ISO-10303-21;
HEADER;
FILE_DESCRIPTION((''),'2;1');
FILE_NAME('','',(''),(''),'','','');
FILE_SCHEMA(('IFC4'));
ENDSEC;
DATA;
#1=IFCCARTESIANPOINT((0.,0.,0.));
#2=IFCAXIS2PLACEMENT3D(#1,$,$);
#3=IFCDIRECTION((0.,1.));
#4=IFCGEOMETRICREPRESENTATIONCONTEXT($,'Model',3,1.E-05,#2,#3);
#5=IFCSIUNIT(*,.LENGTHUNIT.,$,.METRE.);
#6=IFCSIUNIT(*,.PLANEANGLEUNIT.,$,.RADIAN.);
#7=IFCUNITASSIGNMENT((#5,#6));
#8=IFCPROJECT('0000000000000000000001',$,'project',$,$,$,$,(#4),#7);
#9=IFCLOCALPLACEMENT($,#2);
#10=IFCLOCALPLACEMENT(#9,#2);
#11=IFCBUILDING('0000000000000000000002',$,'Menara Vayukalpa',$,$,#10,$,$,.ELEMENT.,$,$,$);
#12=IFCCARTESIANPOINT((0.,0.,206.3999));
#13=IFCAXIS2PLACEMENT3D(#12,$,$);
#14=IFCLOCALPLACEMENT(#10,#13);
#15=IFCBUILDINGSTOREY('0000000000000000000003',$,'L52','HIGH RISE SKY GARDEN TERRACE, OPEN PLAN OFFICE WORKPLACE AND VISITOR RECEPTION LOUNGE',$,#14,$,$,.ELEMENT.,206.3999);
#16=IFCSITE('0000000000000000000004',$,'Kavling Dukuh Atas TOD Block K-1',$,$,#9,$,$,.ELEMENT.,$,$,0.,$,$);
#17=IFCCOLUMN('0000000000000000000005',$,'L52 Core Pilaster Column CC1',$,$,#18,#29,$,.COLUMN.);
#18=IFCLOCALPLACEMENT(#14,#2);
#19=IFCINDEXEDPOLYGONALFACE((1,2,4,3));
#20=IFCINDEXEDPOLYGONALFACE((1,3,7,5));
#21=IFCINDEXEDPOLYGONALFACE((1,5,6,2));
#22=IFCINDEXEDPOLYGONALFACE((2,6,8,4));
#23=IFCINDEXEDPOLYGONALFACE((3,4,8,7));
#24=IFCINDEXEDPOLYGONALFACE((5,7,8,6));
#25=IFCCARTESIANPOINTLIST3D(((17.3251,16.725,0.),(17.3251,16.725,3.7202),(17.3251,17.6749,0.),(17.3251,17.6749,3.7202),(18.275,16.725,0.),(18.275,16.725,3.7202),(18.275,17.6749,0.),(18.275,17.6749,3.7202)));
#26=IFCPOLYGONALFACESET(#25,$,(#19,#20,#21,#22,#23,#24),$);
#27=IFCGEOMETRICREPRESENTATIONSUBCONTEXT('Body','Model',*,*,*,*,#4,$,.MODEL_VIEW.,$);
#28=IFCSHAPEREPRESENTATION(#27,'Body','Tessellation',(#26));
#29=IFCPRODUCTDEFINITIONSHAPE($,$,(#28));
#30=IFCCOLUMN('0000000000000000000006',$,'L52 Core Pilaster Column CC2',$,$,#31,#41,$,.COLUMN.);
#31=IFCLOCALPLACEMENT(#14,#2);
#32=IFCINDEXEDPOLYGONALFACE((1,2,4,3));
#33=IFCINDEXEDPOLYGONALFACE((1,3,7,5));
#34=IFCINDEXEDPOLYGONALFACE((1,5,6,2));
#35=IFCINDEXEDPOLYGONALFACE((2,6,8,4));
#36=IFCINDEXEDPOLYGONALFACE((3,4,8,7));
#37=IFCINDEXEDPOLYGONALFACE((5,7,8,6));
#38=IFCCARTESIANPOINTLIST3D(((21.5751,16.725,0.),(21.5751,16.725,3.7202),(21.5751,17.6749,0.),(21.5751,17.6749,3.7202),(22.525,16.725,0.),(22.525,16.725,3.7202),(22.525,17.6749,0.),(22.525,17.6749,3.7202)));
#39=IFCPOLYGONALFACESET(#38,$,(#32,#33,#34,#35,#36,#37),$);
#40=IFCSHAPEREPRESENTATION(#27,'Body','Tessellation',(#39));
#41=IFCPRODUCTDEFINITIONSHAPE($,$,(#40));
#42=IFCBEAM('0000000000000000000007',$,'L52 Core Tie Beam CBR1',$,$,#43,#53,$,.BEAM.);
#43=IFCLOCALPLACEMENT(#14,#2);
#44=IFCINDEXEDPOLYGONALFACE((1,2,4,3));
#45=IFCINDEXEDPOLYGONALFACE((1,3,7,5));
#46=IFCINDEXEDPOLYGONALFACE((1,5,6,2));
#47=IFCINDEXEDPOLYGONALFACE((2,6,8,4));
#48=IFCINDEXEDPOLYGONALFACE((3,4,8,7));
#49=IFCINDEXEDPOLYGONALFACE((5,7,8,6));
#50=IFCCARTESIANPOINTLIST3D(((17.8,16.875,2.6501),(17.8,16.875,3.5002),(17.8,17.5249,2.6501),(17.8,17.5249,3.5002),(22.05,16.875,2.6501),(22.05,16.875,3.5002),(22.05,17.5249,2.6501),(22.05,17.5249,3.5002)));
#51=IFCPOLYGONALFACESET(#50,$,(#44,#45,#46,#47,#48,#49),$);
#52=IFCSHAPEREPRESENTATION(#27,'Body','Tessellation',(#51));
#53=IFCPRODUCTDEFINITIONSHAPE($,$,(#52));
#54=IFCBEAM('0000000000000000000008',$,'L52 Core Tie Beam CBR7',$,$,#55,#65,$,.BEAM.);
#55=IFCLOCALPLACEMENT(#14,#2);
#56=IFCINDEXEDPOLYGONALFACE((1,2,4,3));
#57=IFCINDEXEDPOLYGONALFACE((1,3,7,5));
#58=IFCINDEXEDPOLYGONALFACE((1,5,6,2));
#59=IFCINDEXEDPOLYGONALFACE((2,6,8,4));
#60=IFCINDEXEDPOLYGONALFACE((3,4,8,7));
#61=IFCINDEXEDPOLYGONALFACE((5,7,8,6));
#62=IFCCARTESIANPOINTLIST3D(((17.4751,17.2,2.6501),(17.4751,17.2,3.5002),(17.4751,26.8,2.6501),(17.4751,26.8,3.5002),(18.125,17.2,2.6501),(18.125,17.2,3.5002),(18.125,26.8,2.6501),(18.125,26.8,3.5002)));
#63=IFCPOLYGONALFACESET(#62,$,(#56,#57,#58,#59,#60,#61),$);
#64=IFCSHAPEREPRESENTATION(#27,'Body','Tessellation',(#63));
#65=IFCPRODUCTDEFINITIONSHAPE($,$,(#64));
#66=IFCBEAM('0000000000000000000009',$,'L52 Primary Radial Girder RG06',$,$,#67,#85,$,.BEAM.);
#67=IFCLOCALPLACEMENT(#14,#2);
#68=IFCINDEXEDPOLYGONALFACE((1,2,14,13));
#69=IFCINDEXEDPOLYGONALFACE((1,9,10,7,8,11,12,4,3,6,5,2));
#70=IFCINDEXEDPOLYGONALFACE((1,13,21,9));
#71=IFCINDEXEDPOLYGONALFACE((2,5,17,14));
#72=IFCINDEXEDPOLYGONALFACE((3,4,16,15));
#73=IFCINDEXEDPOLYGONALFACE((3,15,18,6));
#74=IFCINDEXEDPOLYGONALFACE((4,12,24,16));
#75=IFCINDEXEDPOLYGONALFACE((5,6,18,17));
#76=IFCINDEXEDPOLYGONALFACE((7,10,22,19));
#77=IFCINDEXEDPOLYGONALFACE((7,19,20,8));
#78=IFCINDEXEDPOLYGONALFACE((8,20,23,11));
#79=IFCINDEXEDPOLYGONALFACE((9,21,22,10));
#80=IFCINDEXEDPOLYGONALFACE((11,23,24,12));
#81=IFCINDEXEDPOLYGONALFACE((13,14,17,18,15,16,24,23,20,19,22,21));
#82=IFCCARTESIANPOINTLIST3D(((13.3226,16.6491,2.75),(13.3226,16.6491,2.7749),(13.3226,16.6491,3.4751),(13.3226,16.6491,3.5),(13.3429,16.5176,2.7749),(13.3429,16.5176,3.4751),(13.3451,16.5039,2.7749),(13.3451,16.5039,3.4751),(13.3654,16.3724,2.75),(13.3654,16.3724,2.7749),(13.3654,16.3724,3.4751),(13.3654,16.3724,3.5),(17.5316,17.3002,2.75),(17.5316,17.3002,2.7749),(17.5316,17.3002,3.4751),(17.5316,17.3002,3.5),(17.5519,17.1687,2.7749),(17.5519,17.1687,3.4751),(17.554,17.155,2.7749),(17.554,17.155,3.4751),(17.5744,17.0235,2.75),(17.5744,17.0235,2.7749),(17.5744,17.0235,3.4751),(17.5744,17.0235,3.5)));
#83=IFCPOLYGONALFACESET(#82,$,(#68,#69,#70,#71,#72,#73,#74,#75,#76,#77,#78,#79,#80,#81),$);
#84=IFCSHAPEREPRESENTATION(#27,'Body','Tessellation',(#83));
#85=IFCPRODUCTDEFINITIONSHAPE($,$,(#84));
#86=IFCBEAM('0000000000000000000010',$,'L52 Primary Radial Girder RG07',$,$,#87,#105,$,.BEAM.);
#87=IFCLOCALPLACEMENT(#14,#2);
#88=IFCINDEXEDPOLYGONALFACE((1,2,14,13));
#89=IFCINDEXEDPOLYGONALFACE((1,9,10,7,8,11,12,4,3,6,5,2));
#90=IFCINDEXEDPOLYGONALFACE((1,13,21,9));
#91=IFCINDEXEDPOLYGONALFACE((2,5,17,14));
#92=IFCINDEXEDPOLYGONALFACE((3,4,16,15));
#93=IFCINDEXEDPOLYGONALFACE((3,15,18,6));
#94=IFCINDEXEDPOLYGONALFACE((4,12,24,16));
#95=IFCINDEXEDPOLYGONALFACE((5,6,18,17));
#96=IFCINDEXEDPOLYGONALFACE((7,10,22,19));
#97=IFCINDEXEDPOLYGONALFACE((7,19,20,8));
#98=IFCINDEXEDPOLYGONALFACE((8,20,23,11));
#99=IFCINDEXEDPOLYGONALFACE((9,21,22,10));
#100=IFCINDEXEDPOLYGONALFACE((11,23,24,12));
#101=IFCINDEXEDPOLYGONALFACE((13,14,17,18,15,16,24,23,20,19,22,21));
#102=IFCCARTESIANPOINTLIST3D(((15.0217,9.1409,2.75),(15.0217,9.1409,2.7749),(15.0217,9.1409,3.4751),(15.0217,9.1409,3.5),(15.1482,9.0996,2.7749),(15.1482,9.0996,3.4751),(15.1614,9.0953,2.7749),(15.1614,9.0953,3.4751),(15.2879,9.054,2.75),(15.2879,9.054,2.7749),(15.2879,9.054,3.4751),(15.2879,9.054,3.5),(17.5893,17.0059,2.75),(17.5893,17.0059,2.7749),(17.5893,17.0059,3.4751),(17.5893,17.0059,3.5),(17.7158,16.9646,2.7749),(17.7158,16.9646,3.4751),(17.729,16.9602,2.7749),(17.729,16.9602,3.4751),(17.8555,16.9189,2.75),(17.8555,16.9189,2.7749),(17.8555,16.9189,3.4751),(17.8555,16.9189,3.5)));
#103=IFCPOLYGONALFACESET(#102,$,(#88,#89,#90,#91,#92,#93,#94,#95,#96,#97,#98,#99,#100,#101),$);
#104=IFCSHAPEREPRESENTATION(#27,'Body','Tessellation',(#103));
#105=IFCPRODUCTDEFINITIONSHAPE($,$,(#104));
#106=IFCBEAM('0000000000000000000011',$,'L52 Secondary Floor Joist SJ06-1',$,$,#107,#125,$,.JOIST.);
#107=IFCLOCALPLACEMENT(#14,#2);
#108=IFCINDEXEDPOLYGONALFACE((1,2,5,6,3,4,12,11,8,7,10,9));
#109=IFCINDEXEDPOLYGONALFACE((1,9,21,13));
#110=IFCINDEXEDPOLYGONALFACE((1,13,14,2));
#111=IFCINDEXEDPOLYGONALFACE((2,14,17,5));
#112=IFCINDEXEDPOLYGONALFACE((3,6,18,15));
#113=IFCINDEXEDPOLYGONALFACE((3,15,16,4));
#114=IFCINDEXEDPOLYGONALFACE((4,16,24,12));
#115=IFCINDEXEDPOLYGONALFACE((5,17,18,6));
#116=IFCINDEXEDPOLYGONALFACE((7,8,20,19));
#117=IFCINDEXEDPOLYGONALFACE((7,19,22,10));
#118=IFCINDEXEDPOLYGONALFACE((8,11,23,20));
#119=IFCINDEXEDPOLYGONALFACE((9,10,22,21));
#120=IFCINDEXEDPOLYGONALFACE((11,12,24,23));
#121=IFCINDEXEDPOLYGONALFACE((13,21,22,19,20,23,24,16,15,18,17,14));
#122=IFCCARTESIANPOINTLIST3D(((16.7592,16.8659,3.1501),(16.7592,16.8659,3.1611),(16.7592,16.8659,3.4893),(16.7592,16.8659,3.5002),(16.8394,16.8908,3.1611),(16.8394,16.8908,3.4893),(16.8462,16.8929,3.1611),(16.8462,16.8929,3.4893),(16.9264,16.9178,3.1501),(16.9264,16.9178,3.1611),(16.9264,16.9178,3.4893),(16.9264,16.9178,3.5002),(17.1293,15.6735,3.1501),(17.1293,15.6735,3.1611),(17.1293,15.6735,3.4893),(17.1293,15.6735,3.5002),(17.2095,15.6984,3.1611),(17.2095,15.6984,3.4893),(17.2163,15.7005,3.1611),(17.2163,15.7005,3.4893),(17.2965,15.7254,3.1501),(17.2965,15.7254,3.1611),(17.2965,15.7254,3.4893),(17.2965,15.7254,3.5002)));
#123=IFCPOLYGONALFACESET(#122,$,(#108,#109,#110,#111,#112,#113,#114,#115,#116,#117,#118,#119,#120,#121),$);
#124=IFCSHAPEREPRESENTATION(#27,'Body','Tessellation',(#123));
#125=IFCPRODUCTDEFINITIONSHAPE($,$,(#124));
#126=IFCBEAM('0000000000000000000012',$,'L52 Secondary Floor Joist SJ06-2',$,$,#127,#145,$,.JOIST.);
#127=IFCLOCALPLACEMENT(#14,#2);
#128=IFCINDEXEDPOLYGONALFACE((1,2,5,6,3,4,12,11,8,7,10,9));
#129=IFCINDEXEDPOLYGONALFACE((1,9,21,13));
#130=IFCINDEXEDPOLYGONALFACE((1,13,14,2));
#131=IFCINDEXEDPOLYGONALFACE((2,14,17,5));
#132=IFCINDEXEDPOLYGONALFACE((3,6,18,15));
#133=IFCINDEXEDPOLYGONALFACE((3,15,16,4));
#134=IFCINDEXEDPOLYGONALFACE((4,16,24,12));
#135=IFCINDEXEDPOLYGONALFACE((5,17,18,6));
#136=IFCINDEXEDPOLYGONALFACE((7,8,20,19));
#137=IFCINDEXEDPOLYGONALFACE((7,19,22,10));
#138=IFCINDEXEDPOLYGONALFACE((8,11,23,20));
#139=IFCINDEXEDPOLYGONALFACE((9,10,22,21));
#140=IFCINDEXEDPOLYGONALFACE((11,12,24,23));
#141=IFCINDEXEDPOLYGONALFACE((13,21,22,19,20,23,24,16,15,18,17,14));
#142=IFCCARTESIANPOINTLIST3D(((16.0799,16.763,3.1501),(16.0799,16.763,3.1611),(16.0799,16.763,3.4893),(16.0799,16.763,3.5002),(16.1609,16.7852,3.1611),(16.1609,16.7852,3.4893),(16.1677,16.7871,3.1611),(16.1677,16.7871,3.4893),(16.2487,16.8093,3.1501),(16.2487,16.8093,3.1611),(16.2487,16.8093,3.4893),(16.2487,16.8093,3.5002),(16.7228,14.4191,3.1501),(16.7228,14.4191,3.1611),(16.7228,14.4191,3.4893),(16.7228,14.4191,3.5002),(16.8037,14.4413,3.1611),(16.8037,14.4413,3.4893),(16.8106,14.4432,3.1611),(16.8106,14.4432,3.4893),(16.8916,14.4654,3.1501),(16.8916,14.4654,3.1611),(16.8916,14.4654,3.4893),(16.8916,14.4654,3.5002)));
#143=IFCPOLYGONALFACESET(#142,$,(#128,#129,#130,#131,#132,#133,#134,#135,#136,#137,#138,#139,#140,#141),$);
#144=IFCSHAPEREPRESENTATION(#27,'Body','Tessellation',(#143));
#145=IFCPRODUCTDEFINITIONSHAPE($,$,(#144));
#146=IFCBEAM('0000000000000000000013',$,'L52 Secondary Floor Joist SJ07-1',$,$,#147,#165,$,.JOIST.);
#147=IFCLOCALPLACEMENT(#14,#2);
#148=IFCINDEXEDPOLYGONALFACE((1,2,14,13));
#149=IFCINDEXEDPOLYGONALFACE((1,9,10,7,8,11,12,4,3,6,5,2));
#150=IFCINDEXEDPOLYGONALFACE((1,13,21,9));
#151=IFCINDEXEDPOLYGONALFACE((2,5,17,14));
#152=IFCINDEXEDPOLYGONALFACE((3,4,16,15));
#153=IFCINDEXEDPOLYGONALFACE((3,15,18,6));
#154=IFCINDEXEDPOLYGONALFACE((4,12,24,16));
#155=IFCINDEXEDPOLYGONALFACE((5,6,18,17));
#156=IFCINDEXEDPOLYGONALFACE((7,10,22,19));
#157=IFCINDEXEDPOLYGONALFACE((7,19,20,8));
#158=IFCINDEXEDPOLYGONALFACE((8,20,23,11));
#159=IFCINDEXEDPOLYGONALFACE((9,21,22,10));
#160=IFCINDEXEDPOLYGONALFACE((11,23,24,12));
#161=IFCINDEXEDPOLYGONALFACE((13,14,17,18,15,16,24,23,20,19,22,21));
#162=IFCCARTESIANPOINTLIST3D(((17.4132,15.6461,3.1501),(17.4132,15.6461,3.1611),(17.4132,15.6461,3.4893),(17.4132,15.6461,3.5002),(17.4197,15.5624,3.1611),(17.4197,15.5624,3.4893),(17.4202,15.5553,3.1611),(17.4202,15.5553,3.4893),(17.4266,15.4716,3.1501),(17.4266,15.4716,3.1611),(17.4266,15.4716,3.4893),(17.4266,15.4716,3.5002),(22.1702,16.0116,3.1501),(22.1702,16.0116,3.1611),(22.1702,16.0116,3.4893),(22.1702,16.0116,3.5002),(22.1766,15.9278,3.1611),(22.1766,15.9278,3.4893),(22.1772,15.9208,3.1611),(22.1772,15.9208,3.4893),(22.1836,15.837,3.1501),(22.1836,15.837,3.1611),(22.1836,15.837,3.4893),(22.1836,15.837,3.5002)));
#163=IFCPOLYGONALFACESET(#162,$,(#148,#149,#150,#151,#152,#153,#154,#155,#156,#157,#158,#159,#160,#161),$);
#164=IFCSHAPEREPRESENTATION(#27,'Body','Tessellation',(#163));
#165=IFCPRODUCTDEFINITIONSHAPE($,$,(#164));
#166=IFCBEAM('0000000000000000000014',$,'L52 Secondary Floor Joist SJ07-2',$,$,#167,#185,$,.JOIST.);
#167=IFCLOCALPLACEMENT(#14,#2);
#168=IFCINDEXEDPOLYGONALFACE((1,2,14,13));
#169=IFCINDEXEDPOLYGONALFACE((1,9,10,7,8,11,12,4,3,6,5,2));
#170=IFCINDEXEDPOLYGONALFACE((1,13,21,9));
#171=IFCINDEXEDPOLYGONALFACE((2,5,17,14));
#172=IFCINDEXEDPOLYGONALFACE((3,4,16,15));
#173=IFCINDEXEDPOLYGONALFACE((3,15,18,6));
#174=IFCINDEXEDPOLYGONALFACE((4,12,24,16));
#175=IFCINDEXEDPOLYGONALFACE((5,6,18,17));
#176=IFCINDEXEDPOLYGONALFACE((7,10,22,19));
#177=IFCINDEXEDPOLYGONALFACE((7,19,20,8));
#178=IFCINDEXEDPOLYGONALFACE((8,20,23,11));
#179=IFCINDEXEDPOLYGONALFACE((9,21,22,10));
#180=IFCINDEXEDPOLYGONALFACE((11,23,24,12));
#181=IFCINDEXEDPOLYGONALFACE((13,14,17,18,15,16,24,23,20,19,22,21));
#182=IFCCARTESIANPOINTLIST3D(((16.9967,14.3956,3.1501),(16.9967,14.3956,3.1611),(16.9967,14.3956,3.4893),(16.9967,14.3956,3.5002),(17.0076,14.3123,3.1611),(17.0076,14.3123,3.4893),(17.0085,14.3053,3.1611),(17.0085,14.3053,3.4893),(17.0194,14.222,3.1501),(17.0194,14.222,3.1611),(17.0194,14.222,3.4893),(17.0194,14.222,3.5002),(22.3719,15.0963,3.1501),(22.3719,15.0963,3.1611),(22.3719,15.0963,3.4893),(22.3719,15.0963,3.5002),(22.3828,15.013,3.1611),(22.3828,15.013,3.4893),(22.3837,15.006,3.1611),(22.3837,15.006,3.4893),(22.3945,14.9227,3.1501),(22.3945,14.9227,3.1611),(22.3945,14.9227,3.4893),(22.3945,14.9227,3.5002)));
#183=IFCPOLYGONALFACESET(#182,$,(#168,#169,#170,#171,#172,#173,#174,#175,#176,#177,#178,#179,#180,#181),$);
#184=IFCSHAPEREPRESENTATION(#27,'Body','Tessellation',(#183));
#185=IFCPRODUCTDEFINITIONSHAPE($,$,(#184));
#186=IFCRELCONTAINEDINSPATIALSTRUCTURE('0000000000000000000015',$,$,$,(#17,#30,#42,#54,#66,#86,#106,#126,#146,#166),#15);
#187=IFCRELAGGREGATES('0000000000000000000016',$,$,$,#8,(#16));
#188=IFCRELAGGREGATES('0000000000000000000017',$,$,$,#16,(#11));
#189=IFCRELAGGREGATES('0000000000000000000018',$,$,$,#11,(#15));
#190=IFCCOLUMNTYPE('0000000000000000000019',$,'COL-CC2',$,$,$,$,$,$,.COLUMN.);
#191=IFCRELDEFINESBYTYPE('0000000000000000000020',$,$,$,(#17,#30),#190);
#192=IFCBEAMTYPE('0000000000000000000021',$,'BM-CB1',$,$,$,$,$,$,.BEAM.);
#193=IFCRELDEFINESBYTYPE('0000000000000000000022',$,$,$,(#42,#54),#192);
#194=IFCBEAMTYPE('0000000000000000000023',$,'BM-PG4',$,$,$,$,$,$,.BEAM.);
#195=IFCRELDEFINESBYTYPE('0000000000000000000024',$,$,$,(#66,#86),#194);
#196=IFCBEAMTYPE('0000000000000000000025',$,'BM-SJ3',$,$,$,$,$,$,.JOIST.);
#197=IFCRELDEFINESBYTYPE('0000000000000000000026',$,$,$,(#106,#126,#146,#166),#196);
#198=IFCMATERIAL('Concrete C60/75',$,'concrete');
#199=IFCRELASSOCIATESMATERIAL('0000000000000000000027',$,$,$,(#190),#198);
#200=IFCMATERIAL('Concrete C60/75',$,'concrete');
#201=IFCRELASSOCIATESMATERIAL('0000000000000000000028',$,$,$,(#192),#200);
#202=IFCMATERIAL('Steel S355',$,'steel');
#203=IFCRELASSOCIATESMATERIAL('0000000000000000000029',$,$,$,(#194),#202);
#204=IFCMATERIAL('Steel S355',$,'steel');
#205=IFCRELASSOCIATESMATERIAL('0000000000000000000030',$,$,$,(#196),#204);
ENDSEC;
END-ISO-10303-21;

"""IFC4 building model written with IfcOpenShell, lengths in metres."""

from ifc_helpers import new_model, si_unit, direction, frame, origin, origin_2d, place, context, subcontext, project, spatial, rectangle, i_section, extrude, material, material_profile, profile_set, type_object, element, save


model = new_model("IFC4")

# Units and contexts
model_context = context("Model", 3, precision=1e-05, world=origin(), true_north=direction((0.0, 1.0)))
body_context = subcontext(model_context, "Body", "Model", "MODEL_VIEW")
ifc_project = project(units=[si_unit("LENGTHUNIT", "METRE"), si_unit("PLANEANGLEUNIT", "RADIAN")], contexts=[model_context])

# Site, building, storey
site_placement = place(None, origin())
site = spatial("IfcSite", under=ifc_project, at=site_placement, Name="Kavling Dukuh Atas TOD Block K-1", CompositionType="ELEMENT", RefElevation=0.0)
building_placement = place(site_placement, origin())
building = spatial("IfcBuilding", under=site, at=building_placement, Name="Menara Vayukalpa", CompositionType="ELEMENT")
storey_placement = place(building_placement, frame((0.0, 0.0, 206.3999)))
storey = spatial("IfcBuildingStorey", under=building, at=storey_placement, Name="L52", Description="HIGH RISE SKY GARDEN TERRACE, OPEN PLAN OFFICE WORKPLACE AND VISITOR RECEPTION LOUNGE", CompositionType="ELEMENT", Elevation=206.3999)

# Columns
ifc_material_1 = material(Name="Concrete C60/75", Category="concrete")
ifc_material_profile_1 = material_profile(ifc_material_1, rectangle(XDim=0.95, YDim=0.95, at=origin_2d()), Name="RC 950x950")
ifc_profile_set_1 = profile_set([ifc_material_profile_1], Name="Concrete C60/75")
column_type = type_object("IfcColumnType", Name="COL-CC2", PredefinedType="COLUMN", material=ifc_profile_set_1)
for number, where, z_axis, x_axis, name in (
    (1, (17.8, 17.2, 0.0), (0.0, 0.0, 1.0), (1.0, 0.0, 0.0), "L52 Core Pilaster Column CC1"),
    (2, (22.05, 17.2, 0.0), (0.0, 0.0, 1.0), (1.0, 0.0, 0.0), "L52 Core Pilaster Column CC2"),
):
    element("IfcColumn", number, at=place(storey_placement, frame(where, z_axis=z_axis, x_axis=x_axis)), inside=storey, type_object=column_type, Name=name, PredefinedType="COLUMN", context=body_context, shape_type="SweptSolid", body=[
        extrude(rectangle(XDim=0.95, YDim=0.95, at=origin_2d()), origin(), (0.0, 0.0, 1.0), 3.7202),
    ])

# Beams
ifc_material_2 = material(Name="Concrete C60/75", Category="concrete")
ifc_material_profile_2 = material_profile(ifc_material_2, rectangle(XDim=0.6499, YDim=0.8501, at=origin_2d()), Name="RC 650x850")
ifc_profile_set_2 = profile_set([ifc_material_profile_2], Name="Concrete C60/75")
beam_type_1 = type_object("IfcBeamType", Name="BM-CB1", PredefinedType="BEAM", material=ifc_profile_set_2)
beam_1_placement = place(storey_placement, frame((17.8, 17.2, 3.0752), z_axis=(1.0, 0.0, 0.0), x_axis=(0.0, 1.0, 0.0)))
element("IfcBeam", 3, at=beam_1_placement, inside=storey, type_object=beam_type_1, Name="L52 Core Tie Beam CBR1", PredefinedType="BEAM", context=body_context, shape_type="SweptSolid", body=[
    extrude(rectangle(XDim=0.6499, YDim=0.8501, at=origin_2d()), origin(), (0.0, 0.0, 1.0), 4.25),
])
beam_2_placement = place(storey_placement, frame((17.8, 17.2, 3.0752), z_axis=(0.0, 1.0, 0.0), x_axis=(-1.0, 0.0, 0.0)))
element("IfcBeam", 4, at=beam_2_placement, inside=storey, type_object=beam_type_1, Name="L52 Core Tie Beam CBR7", PredefinedType="BEAM", context=body_context, shape_type="SweptSolid", body=[
    extrude(rectangle(XDim=0.6499, YDim=0.8501, at=origin_2d()), origin(), (0.0, 0.0, 1.0), 9.6001),
])
ifc_material_3 = material(Name="Steel S355", Category="steel")
ifc_material_profile_3 = material_profile(ifc_material_3, i_section(OverallWidth=0.28, OverallDepth=0.75, WebThickness=0.0139, FlangeThickness=0.0249, at=origin_2d()), Name="WF 750x280x14x25")
ifc_profile_set_3 = profile_set([ifc_material_profile_3], Name="Steel S355")
beam_type_2 = type_object("IfcBeamType", Name="BM-PG4", PredefinedType="BEAM", material=ifc_profile_set_3)
beam_3_placement = place(storey_placement, frame((17.553, 17.1619, 3.125), z_axis=(-0.988245, -0.15288, 0.0), x_axis=(0.15288, -0.988245, 0.0)))
element("IfcBeam", 5, at=beam_3_placement, inside=storey, type_object=beam_type_2, Name="L52 Primary Radial Girder RG06", PredefinedType="BEAM", context=body_context, shape_type="SweptSolid", body=[
    extrude(i_section(OverallWidth=0.28, OverallDepth=0.75, WebThickness=0.0139, FlangeThickness=0.0249, at=origin_2d()), origin(), (0.0, 0.0, 1.0), 4.259),
])
beam_4_placement = place(storey_placement, frame((17.7224, 16.9624, 3.125), z_axis=(-0.310344, -0.950624, 0.0), x_axis=(0.950624, -0.310344, 0.0)))
element("IfcBeam", 6, at=beam_4_placement, inside=storey, type_object=beam_type_2, Name="L52 Primary Radial Girder RG07", PredefinedType="BEAM", context=body_context, shape_type="SweptSolid", body=[
    extrude(i_section(OverallWidth=0.28, OverallDepth=0.75, WebThickness=0.0139, FlangeThickness=0.0249, at=origin_2d()), origin(), (0.0, 0.0, 1.0), 8.2734),
])
ifc_material_4 = material(Name="Steel S355", Category="steel")
ifc_material_profile_4 = material_profile(ifc_material_4, i_section(OverallWidth=0.175, OverallDepth=0.3501, WebThickness=0.0071, FlangeThickness=0.011, at=origin_2d()), Name="WF 350x175x7x11")
ifc_profile_set_4 = profile_set([ifc_material_profile_4], Name="Steel S355")
beam_type_3 = type_object("IfcBeamType", Name="BM-SJ3", PredefinedType="JOIST", material=ifc_profile_set_4)
beam_5_placement = place(storey_placement, frame((16.8428, 16.8918, 3.3252), z_axis=(0.296448, -0.955049, 0.0), x_axis=(0.955049, 0.296448, 0.0)))
element("IfcBeam", 7, at=beam_5_placement, inside=storey, type_object=beam_type_3, Name="L52 Secondary Floor Joist SJ06-1", PredefinedType="JOIST", context=body_context, shape_type="SweptSolid", body=[
    extrude(i_section(OverallWidth=0.175, OverallDepth=0.3501, WebThickness=0.0071, FlangeThickness=0.011, at=origin_2d()), origin(), (0.0, 0.0, 1.0), 1.2485),
])
beam_6_placement = place(storey_placement, frame((16.1643, 16.7861, 3.3252), z_axis=(0.264503, -0.964385, 0.0), x_axis=(0.964385, 0.264503, 0.0)))
element("IfcBeam", 8, at=beam_6_placement, inside=storey, type_object=beam_type_3, Name="L52 Secondary Floor Joist SJ06-2", PredefinedType="JOIST", context=body_context, shape_type="SweptSolid", body=[
    extrude(i_section(OverallWidth=0.175, OverallDepth=0.3501, WebThickness=0.0071, FlangeThickness=0.011, at=origin_2d()), origin(), (0.0, 0.0, 1.0), 2.4304),
])
beam_7_placement = place(storey_placement, frame((17.4199, 15.5588, 3.3252), z_axis=(0.997062, 0.076603, 0.0), x_axis=(-0.076603, 0.997062, 0.0)))
element("IfcBeam", 9, at=beam_7_placement, inside=storey, type_object=beam_type_3, Name="L52 Secondary Floor Joist SJ07-1", PredefinedType="JOIST", context=body_context, shape_type="SweptSolid", body=[
    extrude(i_section(OverallWidth=0.175, OverallDepth=0.3501, WebThickness=0.0071, FlangeThickness=0.011, at=origin_2d()), origin(), (0.0, 0.0, 1.0), 4.771),
])
beam_8_placement = place(storey_placement, frame((17.0081, 14.3088, 3.3252), z_axis=(0.991611, 0.12926, 0.0), x_axis=(-0.12926, 0.991611, 0.0)))
element("IfcBeam", 10, at=beam_8_placement, inside=storey, type_object=beam_type_3, Name="L52 Secondary Floor Joist SJ07-2", PredefinedType="JOIST", context=body_context, shape_type="SweptSolid", body=[
    extrude(i_section(OverallWidth=0.175, OverallDepth=0.3501, WebThickness=0.0071, FlangeThickness=0.011, at=origin_2d()), origin(), (0.0, 0.0, 1.0), 5.4207),
])

save(model, "model.ifc")
